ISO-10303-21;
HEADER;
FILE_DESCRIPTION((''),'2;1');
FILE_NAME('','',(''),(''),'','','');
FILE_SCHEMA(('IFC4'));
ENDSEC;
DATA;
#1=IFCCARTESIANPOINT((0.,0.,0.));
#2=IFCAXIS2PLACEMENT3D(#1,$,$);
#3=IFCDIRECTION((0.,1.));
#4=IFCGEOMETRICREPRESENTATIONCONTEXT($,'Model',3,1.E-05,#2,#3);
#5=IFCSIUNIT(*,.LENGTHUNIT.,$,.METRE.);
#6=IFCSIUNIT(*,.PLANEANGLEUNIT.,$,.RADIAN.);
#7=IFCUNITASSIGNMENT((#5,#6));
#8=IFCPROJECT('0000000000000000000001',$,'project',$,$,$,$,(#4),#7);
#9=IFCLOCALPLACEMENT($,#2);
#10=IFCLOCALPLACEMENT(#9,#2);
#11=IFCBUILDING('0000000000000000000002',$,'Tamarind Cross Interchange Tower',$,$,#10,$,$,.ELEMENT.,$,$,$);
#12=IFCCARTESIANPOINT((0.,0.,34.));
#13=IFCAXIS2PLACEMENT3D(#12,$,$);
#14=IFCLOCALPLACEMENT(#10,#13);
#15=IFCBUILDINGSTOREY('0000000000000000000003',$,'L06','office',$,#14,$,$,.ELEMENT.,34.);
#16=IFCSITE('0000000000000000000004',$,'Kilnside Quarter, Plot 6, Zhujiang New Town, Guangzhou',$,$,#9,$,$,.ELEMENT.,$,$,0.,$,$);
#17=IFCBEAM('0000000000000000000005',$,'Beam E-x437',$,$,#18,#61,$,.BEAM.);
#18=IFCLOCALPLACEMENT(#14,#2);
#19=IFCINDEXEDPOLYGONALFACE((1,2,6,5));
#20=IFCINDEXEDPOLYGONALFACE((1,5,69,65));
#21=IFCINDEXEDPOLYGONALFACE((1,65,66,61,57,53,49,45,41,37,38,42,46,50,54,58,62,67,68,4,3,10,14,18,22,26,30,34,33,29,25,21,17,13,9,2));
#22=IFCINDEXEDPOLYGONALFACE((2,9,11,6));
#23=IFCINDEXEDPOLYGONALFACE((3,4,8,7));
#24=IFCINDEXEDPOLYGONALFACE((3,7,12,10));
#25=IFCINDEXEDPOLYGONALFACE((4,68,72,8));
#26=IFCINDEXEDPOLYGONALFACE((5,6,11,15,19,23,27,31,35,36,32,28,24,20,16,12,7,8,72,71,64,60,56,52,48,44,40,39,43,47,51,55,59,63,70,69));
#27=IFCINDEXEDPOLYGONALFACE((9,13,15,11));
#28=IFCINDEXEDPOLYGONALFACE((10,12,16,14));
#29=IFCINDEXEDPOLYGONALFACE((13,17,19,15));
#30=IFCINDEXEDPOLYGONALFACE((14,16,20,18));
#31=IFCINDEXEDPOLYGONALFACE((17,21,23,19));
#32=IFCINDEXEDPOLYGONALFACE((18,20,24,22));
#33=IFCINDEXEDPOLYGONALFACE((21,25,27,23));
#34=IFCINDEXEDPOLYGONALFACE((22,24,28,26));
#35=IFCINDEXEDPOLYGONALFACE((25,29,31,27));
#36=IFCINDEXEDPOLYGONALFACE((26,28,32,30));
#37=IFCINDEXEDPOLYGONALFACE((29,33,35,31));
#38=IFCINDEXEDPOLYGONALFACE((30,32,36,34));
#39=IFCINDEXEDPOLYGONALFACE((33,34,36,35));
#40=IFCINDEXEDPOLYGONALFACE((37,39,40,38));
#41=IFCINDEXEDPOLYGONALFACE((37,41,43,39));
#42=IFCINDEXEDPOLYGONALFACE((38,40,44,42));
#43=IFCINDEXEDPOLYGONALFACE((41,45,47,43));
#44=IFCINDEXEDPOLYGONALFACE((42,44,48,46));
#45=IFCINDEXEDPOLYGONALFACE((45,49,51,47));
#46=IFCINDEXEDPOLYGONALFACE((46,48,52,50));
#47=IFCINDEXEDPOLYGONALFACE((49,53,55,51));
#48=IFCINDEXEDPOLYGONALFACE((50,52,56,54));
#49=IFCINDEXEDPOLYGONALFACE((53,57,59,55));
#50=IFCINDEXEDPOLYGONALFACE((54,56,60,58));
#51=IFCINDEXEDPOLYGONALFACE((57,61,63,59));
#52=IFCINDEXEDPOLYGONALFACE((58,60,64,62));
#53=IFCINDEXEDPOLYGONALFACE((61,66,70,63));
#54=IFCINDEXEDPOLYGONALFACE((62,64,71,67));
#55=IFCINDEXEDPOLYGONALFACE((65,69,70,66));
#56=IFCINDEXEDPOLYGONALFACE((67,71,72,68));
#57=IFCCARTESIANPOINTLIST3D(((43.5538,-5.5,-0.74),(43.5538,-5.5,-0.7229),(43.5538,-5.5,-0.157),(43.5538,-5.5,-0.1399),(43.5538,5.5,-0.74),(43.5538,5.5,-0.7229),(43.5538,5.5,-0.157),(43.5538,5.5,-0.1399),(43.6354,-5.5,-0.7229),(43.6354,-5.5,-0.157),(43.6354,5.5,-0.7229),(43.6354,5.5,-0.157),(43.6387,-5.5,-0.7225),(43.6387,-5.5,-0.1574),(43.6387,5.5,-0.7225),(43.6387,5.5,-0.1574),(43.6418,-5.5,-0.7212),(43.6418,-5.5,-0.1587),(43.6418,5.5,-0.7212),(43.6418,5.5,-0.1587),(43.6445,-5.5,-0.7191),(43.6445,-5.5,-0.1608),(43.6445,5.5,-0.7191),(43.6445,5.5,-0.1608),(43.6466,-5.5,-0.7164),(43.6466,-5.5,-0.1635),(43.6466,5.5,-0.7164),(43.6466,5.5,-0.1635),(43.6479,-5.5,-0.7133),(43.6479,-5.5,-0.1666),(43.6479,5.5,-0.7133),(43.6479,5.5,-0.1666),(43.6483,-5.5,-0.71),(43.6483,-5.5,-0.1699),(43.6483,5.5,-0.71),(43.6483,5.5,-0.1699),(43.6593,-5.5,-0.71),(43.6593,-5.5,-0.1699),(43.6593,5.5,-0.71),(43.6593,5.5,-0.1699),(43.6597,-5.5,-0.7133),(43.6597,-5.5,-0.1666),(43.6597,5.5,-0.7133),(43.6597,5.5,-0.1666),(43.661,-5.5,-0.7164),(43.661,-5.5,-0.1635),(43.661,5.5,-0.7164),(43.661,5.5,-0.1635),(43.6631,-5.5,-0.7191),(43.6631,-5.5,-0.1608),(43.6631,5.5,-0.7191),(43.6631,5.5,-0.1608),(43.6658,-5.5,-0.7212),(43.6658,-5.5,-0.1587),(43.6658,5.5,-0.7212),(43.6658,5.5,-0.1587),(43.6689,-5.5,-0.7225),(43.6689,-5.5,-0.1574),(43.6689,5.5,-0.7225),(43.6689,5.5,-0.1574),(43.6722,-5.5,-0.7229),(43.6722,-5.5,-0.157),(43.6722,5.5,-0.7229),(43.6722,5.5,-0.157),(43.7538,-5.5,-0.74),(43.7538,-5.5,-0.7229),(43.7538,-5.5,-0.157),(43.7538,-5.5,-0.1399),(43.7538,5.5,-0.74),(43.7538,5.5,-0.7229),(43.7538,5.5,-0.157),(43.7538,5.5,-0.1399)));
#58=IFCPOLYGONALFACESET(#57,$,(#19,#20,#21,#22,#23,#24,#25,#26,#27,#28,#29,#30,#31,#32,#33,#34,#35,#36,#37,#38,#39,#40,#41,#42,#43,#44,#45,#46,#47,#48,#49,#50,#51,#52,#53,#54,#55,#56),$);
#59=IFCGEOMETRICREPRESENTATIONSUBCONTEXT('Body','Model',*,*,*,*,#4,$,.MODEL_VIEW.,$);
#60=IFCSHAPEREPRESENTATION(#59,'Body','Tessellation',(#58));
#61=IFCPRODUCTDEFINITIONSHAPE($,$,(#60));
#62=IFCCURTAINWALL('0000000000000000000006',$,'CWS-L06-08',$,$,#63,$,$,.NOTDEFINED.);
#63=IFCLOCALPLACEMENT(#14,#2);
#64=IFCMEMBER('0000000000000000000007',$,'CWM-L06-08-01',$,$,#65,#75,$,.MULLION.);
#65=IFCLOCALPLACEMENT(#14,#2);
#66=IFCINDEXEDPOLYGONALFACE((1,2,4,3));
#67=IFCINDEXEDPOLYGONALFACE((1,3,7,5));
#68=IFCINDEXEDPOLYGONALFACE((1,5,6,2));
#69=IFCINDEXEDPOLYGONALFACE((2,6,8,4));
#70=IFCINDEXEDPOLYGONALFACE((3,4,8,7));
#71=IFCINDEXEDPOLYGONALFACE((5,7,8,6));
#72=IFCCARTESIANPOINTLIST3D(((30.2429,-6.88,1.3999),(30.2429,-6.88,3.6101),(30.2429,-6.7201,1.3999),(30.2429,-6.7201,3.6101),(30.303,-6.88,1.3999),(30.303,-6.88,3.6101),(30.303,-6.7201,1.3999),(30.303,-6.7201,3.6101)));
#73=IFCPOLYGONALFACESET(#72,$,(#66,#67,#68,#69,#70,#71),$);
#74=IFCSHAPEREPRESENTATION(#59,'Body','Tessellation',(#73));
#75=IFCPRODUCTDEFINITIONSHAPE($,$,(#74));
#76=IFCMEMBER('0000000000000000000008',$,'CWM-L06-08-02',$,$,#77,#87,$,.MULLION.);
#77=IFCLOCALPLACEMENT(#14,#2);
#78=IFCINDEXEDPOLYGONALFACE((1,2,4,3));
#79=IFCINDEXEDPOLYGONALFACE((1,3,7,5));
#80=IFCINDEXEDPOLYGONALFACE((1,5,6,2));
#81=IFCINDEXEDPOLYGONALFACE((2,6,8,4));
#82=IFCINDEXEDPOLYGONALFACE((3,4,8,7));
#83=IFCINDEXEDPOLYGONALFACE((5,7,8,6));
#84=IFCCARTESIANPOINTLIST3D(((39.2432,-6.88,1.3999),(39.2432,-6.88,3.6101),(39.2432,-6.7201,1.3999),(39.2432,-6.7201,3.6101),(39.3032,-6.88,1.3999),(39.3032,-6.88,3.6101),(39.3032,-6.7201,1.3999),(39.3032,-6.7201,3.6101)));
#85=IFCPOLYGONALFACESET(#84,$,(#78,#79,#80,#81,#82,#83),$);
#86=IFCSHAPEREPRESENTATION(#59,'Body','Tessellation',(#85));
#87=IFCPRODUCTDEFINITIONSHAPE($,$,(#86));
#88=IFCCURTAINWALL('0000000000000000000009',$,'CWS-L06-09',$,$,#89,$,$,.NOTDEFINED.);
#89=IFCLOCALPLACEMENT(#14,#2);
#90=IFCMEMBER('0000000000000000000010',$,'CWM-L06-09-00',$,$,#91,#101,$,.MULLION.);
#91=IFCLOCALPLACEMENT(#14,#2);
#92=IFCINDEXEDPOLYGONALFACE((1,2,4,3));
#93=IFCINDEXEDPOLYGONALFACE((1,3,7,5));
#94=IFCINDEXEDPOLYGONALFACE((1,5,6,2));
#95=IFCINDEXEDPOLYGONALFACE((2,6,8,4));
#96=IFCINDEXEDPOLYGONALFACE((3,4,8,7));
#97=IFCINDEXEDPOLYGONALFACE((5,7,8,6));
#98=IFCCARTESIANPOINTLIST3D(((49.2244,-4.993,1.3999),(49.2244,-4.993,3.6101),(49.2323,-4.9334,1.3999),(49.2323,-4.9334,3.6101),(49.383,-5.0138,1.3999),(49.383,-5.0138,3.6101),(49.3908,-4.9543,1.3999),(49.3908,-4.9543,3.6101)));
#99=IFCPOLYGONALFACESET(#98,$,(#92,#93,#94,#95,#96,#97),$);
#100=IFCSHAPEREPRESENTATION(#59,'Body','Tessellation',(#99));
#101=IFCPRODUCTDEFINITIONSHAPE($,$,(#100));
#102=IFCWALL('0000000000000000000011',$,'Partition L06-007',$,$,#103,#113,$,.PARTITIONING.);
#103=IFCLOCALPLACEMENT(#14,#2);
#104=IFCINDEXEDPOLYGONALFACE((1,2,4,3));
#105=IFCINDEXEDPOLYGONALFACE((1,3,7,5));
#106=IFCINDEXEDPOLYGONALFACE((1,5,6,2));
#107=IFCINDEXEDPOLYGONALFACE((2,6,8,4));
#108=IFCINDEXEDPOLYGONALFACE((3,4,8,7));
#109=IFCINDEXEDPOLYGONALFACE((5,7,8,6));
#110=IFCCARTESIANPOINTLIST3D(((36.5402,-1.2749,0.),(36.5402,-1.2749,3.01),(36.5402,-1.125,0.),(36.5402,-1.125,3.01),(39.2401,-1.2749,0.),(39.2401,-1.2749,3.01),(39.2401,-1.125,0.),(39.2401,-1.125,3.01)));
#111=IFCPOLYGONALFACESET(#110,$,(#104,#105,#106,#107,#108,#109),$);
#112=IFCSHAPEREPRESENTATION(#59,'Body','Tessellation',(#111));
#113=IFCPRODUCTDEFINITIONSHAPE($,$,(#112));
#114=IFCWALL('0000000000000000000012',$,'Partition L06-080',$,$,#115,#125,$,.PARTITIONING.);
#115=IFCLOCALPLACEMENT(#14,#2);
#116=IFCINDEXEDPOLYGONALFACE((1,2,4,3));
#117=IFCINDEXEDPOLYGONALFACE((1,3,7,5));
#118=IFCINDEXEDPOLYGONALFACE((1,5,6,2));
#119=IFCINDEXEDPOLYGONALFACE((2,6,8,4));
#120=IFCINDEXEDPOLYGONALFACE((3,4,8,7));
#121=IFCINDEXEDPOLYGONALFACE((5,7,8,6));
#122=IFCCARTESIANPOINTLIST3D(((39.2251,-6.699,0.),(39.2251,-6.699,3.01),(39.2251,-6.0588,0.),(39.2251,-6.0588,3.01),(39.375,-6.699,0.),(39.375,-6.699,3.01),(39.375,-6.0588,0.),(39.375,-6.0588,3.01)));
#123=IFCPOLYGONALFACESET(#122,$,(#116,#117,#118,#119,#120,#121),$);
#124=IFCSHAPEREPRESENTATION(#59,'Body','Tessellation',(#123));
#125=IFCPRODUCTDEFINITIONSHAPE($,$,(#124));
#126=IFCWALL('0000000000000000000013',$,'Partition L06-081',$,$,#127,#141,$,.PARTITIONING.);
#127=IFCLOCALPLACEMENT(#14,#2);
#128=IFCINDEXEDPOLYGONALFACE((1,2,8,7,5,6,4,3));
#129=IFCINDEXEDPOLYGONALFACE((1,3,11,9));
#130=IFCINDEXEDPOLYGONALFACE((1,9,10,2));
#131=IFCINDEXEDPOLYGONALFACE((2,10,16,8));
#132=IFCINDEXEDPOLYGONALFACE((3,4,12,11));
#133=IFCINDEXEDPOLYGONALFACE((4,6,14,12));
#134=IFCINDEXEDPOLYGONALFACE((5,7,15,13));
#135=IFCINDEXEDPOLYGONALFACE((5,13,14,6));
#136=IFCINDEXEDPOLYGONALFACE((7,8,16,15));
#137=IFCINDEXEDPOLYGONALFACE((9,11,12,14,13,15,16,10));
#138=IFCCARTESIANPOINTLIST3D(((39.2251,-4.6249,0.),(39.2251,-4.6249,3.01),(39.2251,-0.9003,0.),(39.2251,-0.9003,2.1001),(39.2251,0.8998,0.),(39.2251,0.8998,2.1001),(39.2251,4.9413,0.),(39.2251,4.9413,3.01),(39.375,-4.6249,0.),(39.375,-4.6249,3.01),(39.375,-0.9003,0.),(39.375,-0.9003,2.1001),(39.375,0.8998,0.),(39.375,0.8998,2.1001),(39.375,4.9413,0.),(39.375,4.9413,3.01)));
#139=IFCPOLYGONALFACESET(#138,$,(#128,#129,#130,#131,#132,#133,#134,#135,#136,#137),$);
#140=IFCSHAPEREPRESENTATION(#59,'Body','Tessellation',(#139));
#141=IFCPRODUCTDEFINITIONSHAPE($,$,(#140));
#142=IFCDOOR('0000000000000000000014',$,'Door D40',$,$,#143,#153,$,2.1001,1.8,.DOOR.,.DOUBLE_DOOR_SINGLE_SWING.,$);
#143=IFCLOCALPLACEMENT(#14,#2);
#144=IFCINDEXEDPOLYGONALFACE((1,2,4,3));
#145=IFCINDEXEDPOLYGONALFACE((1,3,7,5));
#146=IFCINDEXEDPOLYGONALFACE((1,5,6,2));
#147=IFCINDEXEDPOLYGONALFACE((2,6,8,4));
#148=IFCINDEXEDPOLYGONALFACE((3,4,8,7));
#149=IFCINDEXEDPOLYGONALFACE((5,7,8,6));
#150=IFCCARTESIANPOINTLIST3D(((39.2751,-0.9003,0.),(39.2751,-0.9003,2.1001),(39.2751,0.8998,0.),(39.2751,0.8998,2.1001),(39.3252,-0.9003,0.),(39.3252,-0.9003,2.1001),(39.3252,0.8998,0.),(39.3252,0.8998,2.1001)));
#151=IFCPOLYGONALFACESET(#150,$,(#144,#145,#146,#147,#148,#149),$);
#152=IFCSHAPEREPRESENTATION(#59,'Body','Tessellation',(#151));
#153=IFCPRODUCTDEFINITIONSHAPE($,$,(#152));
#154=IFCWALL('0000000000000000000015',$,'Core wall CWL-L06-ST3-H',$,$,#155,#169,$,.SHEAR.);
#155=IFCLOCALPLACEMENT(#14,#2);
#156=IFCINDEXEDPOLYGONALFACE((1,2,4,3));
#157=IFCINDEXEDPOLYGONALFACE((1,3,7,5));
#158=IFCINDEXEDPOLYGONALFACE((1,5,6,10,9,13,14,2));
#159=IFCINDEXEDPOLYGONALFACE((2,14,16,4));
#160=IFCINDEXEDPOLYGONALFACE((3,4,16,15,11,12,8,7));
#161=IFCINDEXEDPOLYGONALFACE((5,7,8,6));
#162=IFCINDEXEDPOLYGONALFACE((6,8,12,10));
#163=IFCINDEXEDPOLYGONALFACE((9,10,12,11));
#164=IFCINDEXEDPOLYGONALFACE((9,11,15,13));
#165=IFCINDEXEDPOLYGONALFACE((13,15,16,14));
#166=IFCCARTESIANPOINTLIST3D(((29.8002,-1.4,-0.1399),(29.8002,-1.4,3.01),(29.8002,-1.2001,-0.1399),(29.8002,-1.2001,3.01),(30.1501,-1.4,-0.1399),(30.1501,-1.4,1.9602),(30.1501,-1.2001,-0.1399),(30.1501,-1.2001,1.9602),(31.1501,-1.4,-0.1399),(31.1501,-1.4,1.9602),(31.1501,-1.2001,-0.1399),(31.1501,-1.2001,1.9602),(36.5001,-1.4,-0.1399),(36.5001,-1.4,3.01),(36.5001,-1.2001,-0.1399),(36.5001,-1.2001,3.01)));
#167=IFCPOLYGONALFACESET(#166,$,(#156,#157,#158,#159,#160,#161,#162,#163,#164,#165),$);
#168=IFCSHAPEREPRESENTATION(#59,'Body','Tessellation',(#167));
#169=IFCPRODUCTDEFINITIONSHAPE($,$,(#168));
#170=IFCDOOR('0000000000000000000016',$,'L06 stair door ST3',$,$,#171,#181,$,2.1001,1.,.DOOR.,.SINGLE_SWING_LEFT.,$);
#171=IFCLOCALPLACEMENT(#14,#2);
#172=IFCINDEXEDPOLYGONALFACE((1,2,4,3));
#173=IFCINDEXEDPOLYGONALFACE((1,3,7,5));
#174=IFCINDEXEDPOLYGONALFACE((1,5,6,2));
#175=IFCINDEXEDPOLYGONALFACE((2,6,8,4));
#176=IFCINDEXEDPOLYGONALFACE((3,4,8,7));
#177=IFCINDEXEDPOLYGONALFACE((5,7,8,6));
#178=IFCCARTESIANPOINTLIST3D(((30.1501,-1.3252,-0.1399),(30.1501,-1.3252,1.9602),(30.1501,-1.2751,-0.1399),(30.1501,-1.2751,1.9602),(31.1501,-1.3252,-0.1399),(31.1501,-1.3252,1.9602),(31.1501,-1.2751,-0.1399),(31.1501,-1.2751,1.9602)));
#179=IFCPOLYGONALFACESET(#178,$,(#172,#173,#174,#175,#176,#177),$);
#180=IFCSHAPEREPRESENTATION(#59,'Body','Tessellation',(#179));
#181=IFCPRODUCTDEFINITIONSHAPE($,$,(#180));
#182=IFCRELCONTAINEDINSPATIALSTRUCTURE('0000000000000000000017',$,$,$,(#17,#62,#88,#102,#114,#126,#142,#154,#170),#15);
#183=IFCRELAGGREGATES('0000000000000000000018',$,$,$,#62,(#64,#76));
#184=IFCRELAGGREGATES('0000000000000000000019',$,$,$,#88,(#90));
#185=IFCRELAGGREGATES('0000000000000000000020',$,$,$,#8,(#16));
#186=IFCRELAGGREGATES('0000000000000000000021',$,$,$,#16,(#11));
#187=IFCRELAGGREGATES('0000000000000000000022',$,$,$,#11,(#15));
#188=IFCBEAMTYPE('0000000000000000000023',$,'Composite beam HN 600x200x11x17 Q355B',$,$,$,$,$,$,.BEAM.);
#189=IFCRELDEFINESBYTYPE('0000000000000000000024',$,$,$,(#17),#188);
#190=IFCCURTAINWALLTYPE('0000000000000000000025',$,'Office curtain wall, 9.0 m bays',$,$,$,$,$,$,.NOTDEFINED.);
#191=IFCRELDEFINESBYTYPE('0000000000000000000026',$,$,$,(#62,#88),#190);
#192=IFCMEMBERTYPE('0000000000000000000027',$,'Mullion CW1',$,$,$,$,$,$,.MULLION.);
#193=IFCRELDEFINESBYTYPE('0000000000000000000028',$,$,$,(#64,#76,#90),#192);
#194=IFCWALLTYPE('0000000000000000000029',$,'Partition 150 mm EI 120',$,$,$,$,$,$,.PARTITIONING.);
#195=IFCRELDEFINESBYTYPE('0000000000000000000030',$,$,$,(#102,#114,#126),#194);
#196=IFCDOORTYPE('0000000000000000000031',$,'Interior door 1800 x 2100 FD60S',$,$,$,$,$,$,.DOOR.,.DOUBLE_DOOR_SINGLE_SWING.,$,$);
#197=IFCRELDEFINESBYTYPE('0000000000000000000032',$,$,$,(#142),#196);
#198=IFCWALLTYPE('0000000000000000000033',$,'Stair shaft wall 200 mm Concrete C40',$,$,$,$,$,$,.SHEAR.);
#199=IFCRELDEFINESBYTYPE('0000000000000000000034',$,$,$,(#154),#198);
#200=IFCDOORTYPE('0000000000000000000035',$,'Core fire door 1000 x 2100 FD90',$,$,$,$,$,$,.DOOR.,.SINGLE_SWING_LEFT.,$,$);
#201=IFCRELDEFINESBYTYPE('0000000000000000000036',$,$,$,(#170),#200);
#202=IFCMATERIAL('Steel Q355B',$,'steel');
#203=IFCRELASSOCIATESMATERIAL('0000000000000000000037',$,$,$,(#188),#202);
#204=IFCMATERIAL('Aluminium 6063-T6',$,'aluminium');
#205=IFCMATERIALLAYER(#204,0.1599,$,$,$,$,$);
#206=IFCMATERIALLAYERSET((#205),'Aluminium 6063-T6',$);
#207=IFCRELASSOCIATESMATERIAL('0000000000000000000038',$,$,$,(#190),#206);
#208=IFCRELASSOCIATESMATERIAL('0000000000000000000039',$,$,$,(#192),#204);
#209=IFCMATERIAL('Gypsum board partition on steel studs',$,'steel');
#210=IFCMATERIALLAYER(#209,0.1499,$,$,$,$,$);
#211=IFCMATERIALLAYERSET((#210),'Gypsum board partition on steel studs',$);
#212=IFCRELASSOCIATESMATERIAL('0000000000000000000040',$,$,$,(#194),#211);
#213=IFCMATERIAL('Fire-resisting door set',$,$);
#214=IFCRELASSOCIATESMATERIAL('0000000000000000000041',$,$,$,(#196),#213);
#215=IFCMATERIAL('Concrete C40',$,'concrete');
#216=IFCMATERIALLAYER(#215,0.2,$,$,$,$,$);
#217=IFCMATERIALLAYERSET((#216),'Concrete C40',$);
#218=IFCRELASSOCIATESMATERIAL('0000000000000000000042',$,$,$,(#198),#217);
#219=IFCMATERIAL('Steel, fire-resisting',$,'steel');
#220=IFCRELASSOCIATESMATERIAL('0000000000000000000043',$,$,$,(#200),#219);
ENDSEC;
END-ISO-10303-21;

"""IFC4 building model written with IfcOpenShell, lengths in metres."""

from ifc_helpers import new_model, si_unit, direction, frame, frame_2d, origin, origin_2d, place, context, subcontext, project, spatial, rectangle, i_section, extrude, material, layer, layer_set, material_profile, profile_set, type_object, element, fill, aggregate, save


model = new_model("IFC4")

# Units and contexts
model_context = context("Model", 3, precision=1e-05, world=origin(), true_north=direction((0.0, 1.0)))
body_context = subcontext(model_context, "Body", "Model", "MODEL_VIEW")
ifc_project = project(units=[si_unit("LENGTHUNIT", "METRE"), si_unit("PLANEANGLEUNIT", "RADIAN")], contexts=[model_context])

# Site, building, storey
site_placement = place(None, origin())
site = spatial("IfcSite", under=ifc_project, at=site_placement, Name="Kilnside Quarter, Plot 6, Zhujiang New Town, Guangzhou", CompositionType="ELEMENT", RefElevation=0.0)
building_placement = place(site_placement, origin())
building = spatial("IfcBuilding", under=site, at=building_placement, Name="Tamarind Cross Interchange Tower", CompositionType="ELEMENT")
storey_placement = place(building_placement, frame((0.0, 0.0, 34.0)))
storey = spatial("IfcBuildingStorey", under=building, at=storey_placement, Name="L06", Description="office", CompositionType="ELEMENT", Elevation=34.0)

# Beam
ifc_material_1 = material(Name="Steel Q355B", Category="steel")
ifc_material_profile_1 = material_profile(ifc_material_1, i_section(OverallWidth=0.2, OverallDepth=0.6001, WebThickness=0.011, FlangeThickness=0.0171, FilletRadius=0.0129, at=origin_2d()), Name="HN 600x200x11x17")
ifc_profile_set_1 = profile_set([ifc_material_profile_1], Name="Steel Q355B")
beam_type_1 = type_object("IfcBeamType", Name="Composite beam HN 600x200x11x17 Q355B", PredefinedType="BEAM", material=ifc_profile_set_1)
for number, where, z_axis, x_axis, name in (
    (1, (43.6538, -5.5, -0.4399), (0.0, 1.0, 0.0), (-1.0, 0.0, 0.0), "Beam E-x437"),
):
    element("IfcBeam", number, at=place(storey_placement, frame(where, z_axis=z_axis, x_axis=x_axis)), inside=storey, type_object=beam_type_1, Name=name, PredefinedType="BEAM", context=body_context, shape_type="SweptSolid", body=[
        extrude(i_section(OverallWidth=0.2, OverallDepth=0.6001, WebThickness=0.011, FlangeThickness=0.0171, FilletRadius=0.0129, at=origin_2d()), origin(), (0.0, 0.0, 1.0), 11.0),
    ])

# Curtain wall, members
ifc_material_2 = material(Name="Aluminium 6063-T6", Category="aluminium")
ifc_layer_1 = layer(ifc_material_2, 0.1599)
ifc_layer_set_1 = layer_set([ifc_layer_1], Name="Aluminium 6063-T6")
curtain_wall_type = type_object("IfcCurtainWallType", Name="Office curtain wall, 9.0 m bays", PredefinedType="NOTDEFINED", material=ifc_layer_set_1)
curtain_wall_1_placement = place(storey_placement, origin())
curtain_wall_1 = element("IfcCurtainWall", 2, at=curtain_wall_1_placement, inside=storey, type_object=curtain_wall_type, Name="CWS-L06-08", PredefinedType="NOTDEFINED")
ifc_material_profile_2 = material_profile(ifc_material_2, rectangle(XDim=0.0601, YDim=0.1599, at=origin_2d()), Name="Mullion CW1")
ifc_profile_set_2 = profile_set([ifc_material_profile_2], Name="Aluminium 6063-T6")
member_type = type_object("IfcMemberType", Name="Mullion CW1", PredefinedType="MULLION", material=ifc_profile_set_2)
member_1_placement = place(storey_placement, frame((30.2729, -6.8, 1.3999), z_axis=(0.0, 0.0, 1.0), x_axis=(1.0, 0.0, 0.0)))
member_1 = element("IfcMember", 3, at=member_1_placement, type_object=member_type, Name="CWM-L06-08-01", PredefinedType="MULLION", context=body_context, shape_type="SweptSolid", body=[
    extrude(rectangle(XDim=0.0601, YDim=0.1599, at=origin_2d()), origin(), (0.0, 0.0, 1.0), 2.2102),
])
member_2_placement = place(storey_placement, frame((39.2732, -6.8, 1.3999), z_axis=(0.0, 0.0, 1.0), x_axis=(1.0, 0.0, 0.0)))
member_2 = element("IfcMember", 4, at=member_2_placement, type_object=member_type, Name="CWM-L06-08-02", PredefinedType="MULLION", context=body_context, shape_type="SweptSolid", body=[
    extrude(rectangle(XDim=0.0601, YDim=0.1599, at=origin_2d()), origin(), (0.0, 0.0, 1.0), 2.2102),
])
aggregate(curtain_wall_1, [member_1, member_2])

# Curtain wall, member
curtain_wall_2_placement = place(storey_placement, origin())
curtain_wall_2 = element("IfcCurtainWall", 5, at=curtain_wall_2_placement, inside=storey, type_object=curtain_wall_type, Name="CWS-L06-09", PredefinedType="NOTDEFINED")
member_3_placement = place(storey_placement, frame((49.3076, -4.9736, 1.3999), z_axis=(0.0, 0.0, 1.0), x_axis=(0.130526, 0.991445, 0.0)))
member_3 = element("IfcMember", 6, at=member_3_placement, type_object=member_type, Name="CWM-L06-09-00", PredefinedType="MULLION", context=body_context, shape_type="SweptSolid", body=[
    extrude(rectangle(XDim=0.0601, YDim=0.1599, at=origin_2d()), origin(), (0.0, 0.0, 1.0), 2.2102),
])
aggregate(curtain_wall_2, [member_3])

# Walls
ifc_material_3 = material(Name="Gypsum board partition on steel studs", Category="steel")
ifc_layer_2 = layer(ifc_material_3, 0.1499)
ifc_layer_set_2 = layer_set([ifc_layer_2], Name="Gypsum board partition on steel studs")
wall_type_1 = type_object("IfcWallType", Name="Partition 150 mm EI 120", PredefinedType="PARTITIONING", material=ifc_layer_set_2)
wall_1_placement = place(storey_placement, frame((36.54, -1.2, 0.0), z_axis=(0.0, 0.0, 1.0), x_axis=(1.0, 0.0, 0.0)))
element("IfcWall", 7, at=wall_1_placement, inside=storey, type_object=wall_type_1, Name="Partition L06-007", PredefinedType="PARTITIONING", context=body_context, shape_type="SweptSolid", body=[
    extrude(rectangle(XDim=2.7, YDim=0.1499, at=frame_2d((1.3501, 0.0))), origin(), (0.0, 0.0, 1.0), 3.01),
])
wall_2_placement = place(storey_placement, frame((39.3, -6.699, 0.0), z_axis=(0.0, 0.0, 1.0), x_axis=(0.0, 1.0, 0.0)))
element("IfcWall", 8, at=wall_2_placement, inside=storey, type_object=wall_type_1, Name="Partition L06-080", PredefinedType="PARTITIONING", context=body_context, shape_type="SweptSolid", body=[
    extrude(rectangle(XDim=0.6401, YDim=0.1499, at=frame_2d((0.3201, 0.0))), origin(), (0.0, 0.0, 1.0), 3.01),
])

# Walls, openings, doors
wall_3_placement = place(storey_placement, frame((39.3, -4.625, 0.0), z_axis=(0.0, 0.0, 1.0), x_axis=(0.0, 1.0, 0.0)))
wall_3 = element("IfcWall", 9, at=wall_3_placement, inside=storey, type_object=wall_type_1, Name="Partition L06-081", PredefinedType="PARTITIONING", context=body_context, shape_type="SweptSolid", body=[
    extrude(rectangle(XDim=9.5662, YDim=0.1499, at=frame_2d((4.7832, 0.0))), origin(), (0.0, 0.0, 1.0), 3.01),
])
opening_1_placement = place(wall_3_placement, frame((3.7249, 0.0, 0.0)))
opening_1 = element("IfcOpeningElement", 10, at=opening_1_placement, cuts=wall_3, PredefinedType="OPENING", context=body_context, shape_type="SweptSolid", body=[
    extrude(rectangle(XDim=1.8, YDim=2.1001, at=frame_2d((0.8999, 1.05))), frame((0.0, 0.085, 0.0), z_axis=(0.0, -1.0, 0.0), x_axis=(1.0, 0.0, 0.0)), (0.0, 0.0, 1.0), 0.1699),
])
ifc_material_4 = material(Name="Fire-resisting door set")
door_type_1 = type_object("IfcDoorType", Name="Interior door 1800 x 2100 FD60S", OperationType="DOUBLE_DOOR_SINGLE_SWING", PredefinedType="DOOR", material=ifc_material_4)
door_1_placement = place(opening_1_placement, origin())
door_1 = element("IfcDoor", 11, at=door_1_placement, inside=storey, type_object=door_type_1, Name="Door D40", OperationType="DOUBLE_DOOR_SINGLE_SWING", OverallHeight=2.1001, OverallWidth=1.8, PredefinedType="DOOR", context=body_context, shape_type="SweptSolid", body=[
    extrude(rectangle(XDim=1.8, YDim=2.1001, at=frame_2d((0.8999, 1.05))), frame((0.0, 0.0249, 0.0), z_axis=(0.0, -1.0, 0.0), x_axis=(1.0, 0.0, 0.0)), (0.0, 0.0, 1.0), 0.05),
])
fill(opening_1, door_1)
ifc_material_5 = material(Name="Concrete C40", Category="concrete")
ifc_layer_3 = layer(ifc_material_5, 0.2)
ifc_layer_set_3 = layer_set([ifc_layer_3], Name="Concrete C40")
wall_type_2 = type_object("IfcWallType", Name="Stair shaft wall 200 mm Concrete C40", PredefinedType="SHEAR", material=ifc_layer_set_3)
wall_4_placement = place(storey_placement, frame((29.8, -1.3, -0.1399), z_axis=(0.0, 0.0, 1.0), x_axis=(1.0, 0.0, 0.0)))
wall_4 = element("IfcWall", 12, at=wall_4_placement, inside=storey, type_object=wall_type_2, Name="Core wall CWL-L06-ST3-H", PredefinedType="SHEAR", context=body_context, shape_type="SweptSolid", body=[
    extrude(rectangle(XDim=6.7, YDim=0.2, at=frame_2d((3.3501, 0.0))), origin(), (0.0, 0.0, 1.0), 3.1499),
])
opening_2_placement = place(wall_4_placement, frame((0.3501, 0.0, 0.0)))
opening_2 = element("IfcOpeningElement", 13, at=opening_2_placement, cuts=wall_4, PredefinedType="OPENING", context=body_context, shape_type="SweptSolid", body=[
    extrude(rectangle(XDim=1.0, YDim=2.1001, at=frame_2d((0.5, 1.05))), frame((0.0, 0.1099, 0.0), z_axis=(0.0, -1.0, 0.0), x_axis=(1.0, 0.0, 0.0)), (0.0, 0.0, 1.0), 0.22),
])
ifc_material_6 = material(Name="Steel, fire-resisting", Category="steel")
door_type_2 = type_object("IfcDoorType", Name="Core fire door 1000 x 2100 FD90", OperationType="SINGLE_SWING_LEFT", PredefinedType="DOOR", material=ifc_material_6)
door_2_placement = place(opening_2_placement, origin())
door_2 = element("IfcDoor", 14, at=door_2_placement, inside=storey, type_object=door_type_2, Name="L06 stair door ST3", OperationType="SINGLE_SWING_LEFT", OverallHeight=2.1001, OverallWidth=1.0, PredefinedType="DOOR", context=body_context, shape_type="SweptSolid", body=[
    extrude(rectangle(XDim=1.0, YDim=2.1001, at=frame_2d((0.5, 1.05))), frame((0.0, 0.0249, 0.0), z_axis=(0.0, -1.0, 0.0), x_axis=(1.0, 0.0, 0.0)), (0.0, 0.0, 1.0), 0.05),
])
fill(opening_2, door_2)

save(model, "model.ifc")
